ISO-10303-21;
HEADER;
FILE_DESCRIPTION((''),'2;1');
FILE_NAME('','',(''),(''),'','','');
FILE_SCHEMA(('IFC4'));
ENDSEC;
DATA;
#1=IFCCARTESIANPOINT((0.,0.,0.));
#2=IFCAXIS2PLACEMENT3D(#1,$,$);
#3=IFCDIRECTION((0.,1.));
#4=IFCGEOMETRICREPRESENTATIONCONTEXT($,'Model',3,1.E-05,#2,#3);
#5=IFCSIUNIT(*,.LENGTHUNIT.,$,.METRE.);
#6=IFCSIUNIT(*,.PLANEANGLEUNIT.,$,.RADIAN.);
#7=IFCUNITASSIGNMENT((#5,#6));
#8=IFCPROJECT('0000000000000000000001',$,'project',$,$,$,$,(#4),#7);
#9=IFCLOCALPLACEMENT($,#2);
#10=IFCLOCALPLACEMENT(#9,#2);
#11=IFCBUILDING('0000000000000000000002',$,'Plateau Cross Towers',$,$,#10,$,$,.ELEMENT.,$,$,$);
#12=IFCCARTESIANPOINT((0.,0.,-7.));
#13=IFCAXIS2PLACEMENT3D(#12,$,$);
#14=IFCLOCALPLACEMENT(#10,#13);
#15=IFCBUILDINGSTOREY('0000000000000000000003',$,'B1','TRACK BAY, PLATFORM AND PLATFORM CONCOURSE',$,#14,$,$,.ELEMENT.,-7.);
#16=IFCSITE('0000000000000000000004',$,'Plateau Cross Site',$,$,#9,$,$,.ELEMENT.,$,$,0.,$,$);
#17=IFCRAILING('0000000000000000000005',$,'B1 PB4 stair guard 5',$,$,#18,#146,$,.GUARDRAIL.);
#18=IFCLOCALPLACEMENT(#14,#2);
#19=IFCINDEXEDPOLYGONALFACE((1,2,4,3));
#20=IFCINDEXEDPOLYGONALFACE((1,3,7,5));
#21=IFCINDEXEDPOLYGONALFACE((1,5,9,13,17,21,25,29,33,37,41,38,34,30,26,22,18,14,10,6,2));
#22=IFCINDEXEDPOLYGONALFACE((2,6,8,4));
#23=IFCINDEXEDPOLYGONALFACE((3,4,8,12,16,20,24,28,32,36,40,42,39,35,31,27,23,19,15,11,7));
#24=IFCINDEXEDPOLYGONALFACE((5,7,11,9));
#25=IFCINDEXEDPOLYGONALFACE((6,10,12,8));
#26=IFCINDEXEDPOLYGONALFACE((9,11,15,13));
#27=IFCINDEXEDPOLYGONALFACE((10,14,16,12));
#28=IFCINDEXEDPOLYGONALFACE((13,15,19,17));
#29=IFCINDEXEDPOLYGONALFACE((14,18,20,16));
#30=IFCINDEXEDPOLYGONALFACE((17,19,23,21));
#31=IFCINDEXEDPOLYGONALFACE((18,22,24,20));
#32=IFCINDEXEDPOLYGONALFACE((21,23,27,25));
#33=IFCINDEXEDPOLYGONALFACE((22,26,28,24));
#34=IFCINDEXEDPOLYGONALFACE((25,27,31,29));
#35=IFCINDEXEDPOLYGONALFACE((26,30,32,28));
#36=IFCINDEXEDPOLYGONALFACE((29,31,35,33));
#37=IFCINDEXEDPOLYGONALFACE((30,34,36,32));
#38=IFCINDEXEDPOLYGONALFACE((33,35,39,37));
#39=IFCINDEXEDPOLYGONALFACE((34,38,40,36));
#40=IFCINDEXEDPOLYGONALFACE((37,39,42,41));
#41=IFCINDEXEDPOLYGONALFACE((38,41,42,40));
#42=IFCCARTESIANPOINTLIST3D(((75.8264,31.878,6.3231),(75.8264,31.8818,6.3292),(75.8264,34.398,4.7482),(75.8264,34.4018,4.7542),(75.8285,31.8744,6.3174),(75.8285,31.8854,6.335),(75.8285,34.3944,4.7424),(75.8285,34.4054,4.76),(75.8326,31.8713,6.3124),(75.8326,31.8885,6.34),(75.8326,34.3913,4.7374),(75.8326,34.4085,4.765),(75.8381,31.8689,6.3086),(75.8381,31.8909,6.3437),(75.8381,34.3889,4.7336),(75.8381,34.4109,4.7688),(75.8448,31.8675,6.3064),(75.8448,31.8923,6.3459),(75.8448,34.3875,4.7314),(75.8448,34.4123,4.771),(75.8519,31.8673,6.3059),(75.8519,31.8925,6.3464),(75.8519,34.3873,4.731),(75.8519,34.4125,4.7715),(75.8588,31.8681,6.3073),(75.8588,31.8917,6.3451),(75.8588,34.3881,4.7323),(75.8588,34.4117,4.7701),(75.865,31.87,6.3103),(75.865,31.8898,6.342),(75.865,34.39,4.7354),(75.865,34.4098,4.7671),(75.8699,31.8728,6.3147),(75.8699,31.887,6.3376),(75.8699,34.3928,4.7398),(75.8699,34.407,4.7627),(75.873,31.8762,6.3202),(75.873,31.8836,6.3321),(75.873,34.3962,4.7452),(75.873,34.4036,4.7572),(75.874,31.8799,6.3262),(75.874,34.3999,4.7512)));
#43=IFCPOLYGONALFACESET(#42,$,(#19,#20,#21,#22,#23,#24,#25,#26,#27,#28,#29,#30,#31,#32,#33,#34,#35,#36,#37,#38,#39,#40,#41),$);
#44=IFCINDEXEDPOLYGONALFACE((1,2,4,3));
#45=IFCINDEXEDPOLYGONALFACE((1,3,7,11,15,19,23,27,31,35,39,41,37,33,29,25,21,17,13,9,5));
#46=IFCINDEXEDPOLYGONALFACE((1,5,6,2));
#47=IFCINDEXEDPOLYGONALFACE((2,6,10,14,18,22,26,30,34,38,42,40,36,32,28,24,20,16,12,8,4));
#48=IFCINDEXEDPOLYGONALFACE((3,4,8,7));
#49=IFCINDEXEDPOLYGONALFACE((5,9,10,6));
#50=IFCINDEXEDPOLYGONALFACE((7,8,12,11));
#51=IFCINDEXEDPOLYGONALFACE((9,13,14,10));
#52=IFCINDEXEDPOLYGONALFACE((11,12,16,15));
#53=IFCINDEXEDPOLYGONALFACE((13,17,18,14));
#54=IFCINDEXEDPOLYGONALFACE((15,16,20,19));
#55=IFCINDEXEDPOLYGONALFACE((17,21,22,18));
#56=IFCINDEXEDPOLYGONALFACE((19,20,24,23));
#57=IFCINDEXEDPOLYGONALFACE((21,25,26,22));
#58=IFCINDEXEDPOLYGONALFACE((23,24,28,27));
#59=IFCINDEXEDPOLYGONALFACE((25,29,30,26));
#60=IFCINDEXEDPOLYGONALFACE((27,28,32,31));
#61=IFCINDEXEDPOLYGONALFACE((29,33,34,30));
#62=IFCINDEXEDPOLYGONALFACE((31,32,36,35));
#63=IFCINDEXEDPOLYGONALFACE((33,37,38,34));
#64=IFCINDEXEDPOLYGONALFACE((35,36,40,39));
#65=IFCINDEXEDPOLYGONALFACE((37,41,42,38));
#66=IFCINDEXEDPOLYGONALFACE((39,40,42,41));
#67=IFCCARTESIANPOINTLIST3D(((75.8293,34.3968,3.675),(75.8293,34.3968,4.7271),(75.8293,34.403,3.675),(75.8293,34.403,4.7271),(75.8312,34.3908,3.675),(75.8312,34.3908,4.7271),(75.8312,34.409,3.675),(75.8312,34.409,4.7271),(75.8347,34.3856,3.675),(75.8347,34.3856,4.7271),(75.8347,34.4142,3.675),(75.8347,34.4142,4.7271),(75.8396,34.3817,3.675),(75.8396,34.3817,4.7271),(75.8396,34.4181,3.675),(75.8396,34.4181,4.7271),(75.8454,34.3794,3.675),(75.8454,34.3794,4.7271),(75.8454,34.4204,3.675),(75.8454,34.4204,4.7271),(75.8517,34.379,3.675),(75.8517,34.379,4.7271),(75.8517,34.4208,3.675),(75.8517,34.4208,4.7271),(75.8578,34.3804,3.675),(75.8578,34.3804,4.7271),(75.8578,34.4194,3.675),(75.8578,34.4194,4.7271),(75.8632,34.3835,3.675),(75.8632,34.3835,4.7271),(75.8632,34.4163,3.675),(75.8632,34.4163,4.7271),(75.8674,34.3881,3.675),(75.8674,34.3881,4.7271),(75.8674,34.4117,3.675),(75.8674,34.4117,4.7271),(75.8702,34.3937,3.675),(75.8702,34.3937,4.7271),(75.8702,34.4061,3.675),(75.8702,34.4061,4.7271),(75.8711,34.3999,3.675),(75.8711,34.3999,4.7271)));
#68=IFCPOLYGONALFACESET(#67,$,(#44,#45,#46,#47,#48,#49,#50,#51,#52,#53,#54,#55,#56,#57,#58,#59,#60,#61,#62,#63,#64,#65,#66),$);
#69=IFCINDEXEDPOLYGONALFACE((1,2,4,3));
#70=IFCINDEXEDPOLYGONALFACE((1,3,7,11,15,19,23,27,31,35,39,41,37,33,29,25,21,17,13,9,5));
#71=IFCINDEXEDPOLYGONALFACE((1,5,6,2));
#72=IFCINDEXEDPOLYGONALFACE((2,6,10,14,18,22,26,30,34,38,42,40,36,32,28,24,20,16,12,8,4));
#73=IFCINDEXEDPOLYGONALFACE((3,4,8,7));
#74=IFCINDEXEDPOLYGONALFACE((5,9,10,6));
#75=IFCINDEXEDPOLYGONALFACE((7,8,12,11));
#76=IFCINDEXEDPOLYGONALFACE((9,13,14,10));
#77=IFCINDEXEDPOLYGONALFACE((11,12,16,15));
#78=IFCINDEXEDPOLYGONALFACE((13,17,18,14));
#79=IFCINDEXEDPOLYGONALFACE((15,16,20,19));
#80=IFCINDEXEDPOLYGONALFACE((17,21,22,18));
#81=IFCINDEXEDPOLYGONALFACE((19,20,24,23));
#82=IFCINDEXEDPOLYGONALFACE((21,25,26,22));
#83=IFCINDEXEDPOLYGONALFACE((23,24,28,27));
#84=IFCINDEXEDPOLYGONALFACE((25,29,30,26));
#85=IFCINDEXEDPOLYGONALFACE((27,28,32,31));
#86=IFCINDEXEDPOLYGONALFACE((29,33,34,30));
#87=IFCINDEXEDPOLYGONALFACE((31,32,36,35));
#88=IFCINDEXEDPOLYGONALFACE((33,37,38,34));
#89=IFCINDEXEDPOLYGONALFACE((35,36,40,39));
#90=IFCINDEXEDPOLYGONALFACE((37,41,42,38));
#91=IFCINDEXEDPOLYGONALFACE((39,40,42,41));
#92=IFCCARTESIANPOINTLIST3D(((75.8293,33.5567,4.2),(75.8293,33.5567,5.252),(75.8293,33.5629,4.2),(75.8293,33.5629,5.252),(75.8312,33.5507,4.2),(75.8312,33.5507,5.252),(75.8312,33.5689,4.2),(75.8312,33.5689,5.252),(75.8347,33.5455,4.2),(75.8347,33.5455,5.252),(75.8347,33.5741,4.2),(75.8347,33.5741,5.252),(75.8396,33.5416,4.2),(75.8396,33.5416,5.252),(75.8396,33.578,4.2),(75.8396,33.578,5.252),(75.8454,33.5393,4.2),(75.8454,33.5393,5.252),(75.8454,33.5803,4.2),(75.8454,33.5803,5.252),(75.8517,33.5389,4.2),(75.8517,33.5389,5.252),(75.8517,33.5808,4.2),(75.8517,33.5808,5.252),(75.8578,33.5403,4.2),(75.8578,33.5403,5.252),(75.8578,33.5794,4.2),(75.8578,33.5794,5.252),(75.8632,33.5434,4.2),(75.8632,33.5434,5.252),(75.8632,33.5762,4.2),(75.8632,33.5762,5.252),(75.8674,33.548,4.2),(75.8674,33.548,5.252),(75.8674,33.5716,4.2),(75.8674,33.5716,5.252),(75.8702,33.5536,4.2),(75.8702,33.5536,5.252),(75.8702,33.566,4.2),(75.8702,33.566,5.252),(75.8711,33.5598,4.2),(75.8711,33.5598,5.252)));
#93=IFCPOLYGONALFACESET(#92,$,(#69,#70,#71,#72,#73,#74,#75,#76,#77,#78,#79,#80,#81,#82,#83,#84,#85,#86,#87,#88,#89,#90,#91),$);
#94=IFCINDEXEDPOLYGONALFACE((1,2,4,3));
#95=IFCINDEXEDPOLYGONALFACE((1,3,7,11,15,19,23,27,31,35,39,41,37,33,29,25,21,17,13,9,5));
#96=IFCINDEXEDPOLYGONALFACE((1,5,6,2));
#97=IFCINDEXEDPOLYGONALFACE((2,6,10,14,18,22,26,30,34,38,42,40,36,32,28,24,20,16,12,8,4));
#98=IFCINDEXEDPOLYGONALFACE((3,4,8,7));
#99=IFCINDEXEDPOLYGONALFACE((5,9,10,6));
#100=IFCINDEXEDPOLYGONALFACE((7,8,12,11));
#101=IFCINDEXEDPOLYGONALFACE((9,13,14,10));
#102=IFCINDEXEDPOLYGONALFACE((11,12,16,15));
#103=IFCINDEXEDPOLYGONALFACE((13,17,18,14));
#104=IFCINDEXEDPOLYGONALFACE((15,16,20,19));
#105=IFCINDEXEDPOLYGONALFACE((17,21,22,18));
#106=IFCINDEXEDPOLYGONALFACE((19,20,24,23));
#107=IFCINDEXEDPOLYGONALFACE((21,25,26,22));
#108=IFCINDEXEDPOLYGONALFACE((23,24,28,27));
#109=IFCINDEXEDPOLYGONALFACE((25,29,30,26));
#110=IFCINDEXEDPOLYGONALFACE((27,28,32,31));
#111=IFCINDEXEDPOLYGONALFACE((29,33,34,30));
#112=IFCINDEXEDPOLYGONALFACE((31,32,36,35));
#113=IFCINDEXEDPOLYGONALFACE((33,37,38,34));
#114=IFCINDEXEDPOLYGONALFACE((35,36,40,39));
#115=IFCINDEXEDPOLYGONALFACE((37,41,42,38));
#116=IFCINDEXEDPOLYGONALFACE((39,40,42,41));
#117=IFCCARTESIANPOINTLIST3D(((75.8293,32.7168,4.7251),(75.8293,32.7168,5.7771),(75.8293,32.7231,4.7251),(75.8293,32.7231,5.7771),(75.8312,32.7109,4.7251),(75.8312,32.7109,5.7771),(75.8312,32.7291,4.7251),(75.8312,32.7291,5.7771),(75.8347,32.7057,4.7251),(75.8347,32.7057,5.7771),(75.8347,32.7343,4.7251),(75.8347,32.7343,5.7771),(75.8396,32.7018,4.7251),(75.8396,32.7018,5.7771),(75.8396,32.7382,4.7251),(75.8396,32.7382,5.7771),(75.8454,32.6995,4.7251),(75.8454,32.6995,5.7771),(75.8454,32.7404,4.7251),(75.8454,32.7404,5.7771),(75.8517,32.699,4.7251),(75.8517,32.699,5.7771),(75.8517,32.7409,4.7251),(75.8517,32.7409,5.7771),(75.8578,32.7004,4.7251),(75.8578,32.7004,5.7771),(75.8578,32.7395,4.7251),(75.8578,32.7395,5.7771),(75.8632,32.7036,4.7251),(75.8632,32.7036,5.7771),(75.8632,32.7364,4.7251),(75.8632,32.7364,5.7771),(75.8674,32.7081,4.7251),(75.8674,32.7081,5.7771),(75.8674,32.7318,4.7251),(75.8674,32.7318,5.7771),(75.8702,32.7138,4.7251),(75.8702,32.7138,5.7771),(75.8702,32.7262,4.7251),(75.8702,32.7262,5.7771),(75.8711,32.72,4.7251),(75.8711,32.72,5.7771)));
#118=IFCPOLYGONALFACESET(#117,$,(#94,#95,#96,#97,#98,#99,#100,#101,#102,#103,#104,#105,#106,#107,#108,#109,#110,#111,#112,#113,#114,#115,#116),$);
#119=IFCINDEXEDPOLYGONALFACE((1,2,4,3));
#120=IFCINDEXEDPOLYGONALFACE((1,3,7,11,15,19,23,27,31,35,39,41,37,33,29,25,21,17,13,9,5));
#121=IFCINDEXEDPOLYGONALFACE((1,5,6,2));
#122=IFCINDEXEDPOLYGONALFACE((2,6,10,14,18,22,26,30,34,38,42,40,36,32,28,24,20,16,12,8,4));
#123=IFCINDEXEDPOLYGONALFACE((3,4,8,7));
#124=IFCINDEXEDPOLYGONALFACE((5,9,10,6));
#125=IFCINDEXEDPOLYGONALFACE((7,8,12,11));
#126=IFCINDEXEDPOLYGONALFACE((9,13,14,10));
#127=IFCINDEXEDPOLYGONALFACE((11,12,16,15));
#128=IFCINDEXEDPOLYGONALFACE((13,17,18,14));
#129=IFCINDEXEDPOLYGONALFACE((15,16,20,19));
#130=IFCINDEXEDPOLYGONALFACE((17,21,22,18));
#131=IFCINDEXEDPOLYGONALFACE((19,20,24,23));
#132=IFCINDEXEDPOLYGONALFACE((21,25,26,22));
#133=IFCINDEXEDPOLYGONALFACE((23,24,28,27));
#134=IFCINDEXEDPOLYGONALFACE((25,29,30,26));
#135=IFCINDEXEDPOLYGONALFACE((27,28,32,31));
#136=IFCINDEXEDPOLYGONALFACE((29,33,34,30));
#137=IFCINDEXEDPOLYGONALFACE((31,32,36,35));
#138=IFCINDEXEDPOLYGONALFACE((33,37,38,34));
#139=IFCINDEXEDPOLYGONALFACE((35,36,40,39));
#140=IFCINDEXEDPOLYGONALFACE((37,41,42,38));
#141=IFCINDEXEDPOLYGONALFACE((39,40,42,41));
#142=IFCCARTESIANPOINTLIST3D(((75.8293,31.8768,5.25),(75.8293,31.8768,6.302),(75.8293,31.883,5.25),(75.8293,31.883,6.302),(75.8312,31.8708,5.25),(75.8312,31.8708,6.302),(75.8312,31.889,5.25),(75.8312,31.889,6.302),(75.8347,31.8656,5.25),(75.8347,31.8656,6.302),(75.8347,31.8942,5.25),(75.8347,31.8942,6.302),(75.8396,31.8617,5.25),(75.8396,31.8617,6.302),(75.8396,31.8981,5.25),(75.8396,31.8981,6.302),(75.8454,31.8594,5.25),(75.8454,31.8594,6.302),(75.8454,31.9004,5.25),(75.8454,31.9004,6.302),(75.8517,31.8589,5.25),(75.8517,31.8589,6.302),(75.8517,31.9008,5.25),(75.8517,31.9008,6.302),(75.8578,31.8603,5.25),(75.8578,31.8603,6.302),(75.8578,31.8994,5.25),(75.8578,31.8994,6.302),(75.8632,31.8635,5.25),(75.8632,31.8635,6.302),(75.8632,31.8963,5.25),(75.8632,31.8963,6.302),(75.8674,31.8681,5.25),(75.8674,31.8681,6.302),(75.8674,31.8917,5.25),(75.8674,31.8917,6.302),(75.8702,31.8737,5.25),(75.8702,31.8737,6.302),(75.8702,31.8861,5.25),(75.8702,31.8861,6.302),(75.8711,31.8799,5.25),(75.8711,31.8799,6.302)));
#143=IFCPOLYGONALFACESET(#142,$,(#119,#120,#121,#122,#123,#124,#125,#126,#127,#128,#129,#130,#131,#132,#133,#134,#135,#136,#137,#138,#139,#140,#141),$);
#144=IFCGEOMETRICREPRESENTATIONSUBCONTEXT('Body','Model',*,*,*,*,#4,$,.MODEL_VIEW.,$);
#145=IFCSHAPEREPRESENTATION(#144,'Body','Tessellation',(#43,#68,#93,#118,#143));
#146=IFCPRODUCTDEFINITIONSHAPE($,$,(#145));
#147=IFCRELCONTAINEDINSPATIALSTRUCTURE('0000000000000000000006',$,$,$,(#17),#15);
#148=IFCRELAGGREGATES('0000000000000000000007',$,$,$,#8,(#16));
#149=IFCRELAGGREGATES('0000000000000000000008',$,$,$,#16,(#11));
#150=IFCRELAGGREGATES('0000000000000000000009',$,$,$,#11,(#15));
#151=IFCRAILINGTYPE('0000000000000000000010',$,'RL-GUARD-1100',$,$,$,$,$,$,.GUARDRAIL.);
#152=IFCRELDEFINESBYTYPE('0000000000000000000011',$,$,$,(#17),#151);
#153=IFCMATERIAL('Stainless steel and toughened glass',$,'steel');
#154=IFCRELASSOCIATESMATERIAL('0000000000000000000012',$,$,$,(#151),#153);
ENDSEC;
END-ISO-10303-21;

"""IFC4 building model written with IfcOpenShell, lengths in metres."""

from ifc_helpers import new_model, si_unit, direction, frame, origin, origin_2d, place, context, subcontext, project, spatial, circle, extrude, material, type_object, element, save


model = new_model("IFC4")

# Units and contexts
model_context = context("Model", 3, precision=1e-05, world=origin(), true_north=direction((0.0, 1.0)))
body_context = subcontext(model_context, "Body", "Model", "MODEL_VIEW")
ifc_project = project(units=[si_unit("LENGTHUNIT", "METRE"), si_unit("PLANEANGLEUNIT", "RADIAN")], contexts=[model_context])

# Site, building, storey
site_placement = place(None, origin())
site = spatial("IfcSite", under=ifc_project, at=site_placement, Name="Plateau Cross Site", CompositionType="ELEMENT", RefElevation=0.0)
building_placement = place(site_placement, origin())
building = spatial("IfcBuilding", under=site, at=building_placement, Name="Plateau Cross Towers", CompositionType="ELEMENT")
storey_placement = place(building_placement, frame((0.0, 0.0, -7.0)))
storey = spatial("IfcBuildingStorey", under=building, at=storey_placement, Name="B1", Description="TRACK BAY, PLATFORM AND PLATFORM CONCOURSE", CompositionType="ELEMENT", Elevation=-7.0)

# Railing
ifc_material_1 = material(Name="Stainless steel and toughened glass", Category="steel")
railing_type_1 = type_object("IfcRailingType", Name="RL-GUARD-1100", PredefinedType="GUARDRAIL", material=ifc_material_1)
railing_1_placement = place(storey_placement, frame((75.8501, 34.3999, 3.675)))
element("IfcRailing", 1, at=railing_1_placement, inside=storey, type_object=railing_type_1, Name="B1 PB4 stair guard 5", PredefinedType="GUARDRAIL", context=body_context, shape_type="SweptSolid", body=[
    extrude(circle(Radius=0.0239, at=origin_2d()), frame((0.0, 0.0, 1.0762), z_axis=(0.0, -0.848008, 0.529984), x_axis=(1.0, 0.0, 0.0)), (0.0, 0.0, 1.0), 2.9717),
    extrude(circle(Radius=0.021, at=origin_2d()), origin(), (0.0, 0.0, 1.0), 1.052),
    extrude(circle(Radius=0.021, at=origin_2d()), frame((0.0, -0.8401, 0.5249)), (0.0, 0.0, 1.0), 1.052),
    extrude(circle(Radius=0.021, at=origin_2d()), frame((0.0, -1.6799, 1.05)), (0.0, 0.0, 1.0), 1.052),
    extrude(circle(Radius=0.021, at=origin_2d()), frame((0.0, -2.52, 1.575)), (0.0, 0.0, 1.0), 1.052),
])

save(model, "model.ifc")
